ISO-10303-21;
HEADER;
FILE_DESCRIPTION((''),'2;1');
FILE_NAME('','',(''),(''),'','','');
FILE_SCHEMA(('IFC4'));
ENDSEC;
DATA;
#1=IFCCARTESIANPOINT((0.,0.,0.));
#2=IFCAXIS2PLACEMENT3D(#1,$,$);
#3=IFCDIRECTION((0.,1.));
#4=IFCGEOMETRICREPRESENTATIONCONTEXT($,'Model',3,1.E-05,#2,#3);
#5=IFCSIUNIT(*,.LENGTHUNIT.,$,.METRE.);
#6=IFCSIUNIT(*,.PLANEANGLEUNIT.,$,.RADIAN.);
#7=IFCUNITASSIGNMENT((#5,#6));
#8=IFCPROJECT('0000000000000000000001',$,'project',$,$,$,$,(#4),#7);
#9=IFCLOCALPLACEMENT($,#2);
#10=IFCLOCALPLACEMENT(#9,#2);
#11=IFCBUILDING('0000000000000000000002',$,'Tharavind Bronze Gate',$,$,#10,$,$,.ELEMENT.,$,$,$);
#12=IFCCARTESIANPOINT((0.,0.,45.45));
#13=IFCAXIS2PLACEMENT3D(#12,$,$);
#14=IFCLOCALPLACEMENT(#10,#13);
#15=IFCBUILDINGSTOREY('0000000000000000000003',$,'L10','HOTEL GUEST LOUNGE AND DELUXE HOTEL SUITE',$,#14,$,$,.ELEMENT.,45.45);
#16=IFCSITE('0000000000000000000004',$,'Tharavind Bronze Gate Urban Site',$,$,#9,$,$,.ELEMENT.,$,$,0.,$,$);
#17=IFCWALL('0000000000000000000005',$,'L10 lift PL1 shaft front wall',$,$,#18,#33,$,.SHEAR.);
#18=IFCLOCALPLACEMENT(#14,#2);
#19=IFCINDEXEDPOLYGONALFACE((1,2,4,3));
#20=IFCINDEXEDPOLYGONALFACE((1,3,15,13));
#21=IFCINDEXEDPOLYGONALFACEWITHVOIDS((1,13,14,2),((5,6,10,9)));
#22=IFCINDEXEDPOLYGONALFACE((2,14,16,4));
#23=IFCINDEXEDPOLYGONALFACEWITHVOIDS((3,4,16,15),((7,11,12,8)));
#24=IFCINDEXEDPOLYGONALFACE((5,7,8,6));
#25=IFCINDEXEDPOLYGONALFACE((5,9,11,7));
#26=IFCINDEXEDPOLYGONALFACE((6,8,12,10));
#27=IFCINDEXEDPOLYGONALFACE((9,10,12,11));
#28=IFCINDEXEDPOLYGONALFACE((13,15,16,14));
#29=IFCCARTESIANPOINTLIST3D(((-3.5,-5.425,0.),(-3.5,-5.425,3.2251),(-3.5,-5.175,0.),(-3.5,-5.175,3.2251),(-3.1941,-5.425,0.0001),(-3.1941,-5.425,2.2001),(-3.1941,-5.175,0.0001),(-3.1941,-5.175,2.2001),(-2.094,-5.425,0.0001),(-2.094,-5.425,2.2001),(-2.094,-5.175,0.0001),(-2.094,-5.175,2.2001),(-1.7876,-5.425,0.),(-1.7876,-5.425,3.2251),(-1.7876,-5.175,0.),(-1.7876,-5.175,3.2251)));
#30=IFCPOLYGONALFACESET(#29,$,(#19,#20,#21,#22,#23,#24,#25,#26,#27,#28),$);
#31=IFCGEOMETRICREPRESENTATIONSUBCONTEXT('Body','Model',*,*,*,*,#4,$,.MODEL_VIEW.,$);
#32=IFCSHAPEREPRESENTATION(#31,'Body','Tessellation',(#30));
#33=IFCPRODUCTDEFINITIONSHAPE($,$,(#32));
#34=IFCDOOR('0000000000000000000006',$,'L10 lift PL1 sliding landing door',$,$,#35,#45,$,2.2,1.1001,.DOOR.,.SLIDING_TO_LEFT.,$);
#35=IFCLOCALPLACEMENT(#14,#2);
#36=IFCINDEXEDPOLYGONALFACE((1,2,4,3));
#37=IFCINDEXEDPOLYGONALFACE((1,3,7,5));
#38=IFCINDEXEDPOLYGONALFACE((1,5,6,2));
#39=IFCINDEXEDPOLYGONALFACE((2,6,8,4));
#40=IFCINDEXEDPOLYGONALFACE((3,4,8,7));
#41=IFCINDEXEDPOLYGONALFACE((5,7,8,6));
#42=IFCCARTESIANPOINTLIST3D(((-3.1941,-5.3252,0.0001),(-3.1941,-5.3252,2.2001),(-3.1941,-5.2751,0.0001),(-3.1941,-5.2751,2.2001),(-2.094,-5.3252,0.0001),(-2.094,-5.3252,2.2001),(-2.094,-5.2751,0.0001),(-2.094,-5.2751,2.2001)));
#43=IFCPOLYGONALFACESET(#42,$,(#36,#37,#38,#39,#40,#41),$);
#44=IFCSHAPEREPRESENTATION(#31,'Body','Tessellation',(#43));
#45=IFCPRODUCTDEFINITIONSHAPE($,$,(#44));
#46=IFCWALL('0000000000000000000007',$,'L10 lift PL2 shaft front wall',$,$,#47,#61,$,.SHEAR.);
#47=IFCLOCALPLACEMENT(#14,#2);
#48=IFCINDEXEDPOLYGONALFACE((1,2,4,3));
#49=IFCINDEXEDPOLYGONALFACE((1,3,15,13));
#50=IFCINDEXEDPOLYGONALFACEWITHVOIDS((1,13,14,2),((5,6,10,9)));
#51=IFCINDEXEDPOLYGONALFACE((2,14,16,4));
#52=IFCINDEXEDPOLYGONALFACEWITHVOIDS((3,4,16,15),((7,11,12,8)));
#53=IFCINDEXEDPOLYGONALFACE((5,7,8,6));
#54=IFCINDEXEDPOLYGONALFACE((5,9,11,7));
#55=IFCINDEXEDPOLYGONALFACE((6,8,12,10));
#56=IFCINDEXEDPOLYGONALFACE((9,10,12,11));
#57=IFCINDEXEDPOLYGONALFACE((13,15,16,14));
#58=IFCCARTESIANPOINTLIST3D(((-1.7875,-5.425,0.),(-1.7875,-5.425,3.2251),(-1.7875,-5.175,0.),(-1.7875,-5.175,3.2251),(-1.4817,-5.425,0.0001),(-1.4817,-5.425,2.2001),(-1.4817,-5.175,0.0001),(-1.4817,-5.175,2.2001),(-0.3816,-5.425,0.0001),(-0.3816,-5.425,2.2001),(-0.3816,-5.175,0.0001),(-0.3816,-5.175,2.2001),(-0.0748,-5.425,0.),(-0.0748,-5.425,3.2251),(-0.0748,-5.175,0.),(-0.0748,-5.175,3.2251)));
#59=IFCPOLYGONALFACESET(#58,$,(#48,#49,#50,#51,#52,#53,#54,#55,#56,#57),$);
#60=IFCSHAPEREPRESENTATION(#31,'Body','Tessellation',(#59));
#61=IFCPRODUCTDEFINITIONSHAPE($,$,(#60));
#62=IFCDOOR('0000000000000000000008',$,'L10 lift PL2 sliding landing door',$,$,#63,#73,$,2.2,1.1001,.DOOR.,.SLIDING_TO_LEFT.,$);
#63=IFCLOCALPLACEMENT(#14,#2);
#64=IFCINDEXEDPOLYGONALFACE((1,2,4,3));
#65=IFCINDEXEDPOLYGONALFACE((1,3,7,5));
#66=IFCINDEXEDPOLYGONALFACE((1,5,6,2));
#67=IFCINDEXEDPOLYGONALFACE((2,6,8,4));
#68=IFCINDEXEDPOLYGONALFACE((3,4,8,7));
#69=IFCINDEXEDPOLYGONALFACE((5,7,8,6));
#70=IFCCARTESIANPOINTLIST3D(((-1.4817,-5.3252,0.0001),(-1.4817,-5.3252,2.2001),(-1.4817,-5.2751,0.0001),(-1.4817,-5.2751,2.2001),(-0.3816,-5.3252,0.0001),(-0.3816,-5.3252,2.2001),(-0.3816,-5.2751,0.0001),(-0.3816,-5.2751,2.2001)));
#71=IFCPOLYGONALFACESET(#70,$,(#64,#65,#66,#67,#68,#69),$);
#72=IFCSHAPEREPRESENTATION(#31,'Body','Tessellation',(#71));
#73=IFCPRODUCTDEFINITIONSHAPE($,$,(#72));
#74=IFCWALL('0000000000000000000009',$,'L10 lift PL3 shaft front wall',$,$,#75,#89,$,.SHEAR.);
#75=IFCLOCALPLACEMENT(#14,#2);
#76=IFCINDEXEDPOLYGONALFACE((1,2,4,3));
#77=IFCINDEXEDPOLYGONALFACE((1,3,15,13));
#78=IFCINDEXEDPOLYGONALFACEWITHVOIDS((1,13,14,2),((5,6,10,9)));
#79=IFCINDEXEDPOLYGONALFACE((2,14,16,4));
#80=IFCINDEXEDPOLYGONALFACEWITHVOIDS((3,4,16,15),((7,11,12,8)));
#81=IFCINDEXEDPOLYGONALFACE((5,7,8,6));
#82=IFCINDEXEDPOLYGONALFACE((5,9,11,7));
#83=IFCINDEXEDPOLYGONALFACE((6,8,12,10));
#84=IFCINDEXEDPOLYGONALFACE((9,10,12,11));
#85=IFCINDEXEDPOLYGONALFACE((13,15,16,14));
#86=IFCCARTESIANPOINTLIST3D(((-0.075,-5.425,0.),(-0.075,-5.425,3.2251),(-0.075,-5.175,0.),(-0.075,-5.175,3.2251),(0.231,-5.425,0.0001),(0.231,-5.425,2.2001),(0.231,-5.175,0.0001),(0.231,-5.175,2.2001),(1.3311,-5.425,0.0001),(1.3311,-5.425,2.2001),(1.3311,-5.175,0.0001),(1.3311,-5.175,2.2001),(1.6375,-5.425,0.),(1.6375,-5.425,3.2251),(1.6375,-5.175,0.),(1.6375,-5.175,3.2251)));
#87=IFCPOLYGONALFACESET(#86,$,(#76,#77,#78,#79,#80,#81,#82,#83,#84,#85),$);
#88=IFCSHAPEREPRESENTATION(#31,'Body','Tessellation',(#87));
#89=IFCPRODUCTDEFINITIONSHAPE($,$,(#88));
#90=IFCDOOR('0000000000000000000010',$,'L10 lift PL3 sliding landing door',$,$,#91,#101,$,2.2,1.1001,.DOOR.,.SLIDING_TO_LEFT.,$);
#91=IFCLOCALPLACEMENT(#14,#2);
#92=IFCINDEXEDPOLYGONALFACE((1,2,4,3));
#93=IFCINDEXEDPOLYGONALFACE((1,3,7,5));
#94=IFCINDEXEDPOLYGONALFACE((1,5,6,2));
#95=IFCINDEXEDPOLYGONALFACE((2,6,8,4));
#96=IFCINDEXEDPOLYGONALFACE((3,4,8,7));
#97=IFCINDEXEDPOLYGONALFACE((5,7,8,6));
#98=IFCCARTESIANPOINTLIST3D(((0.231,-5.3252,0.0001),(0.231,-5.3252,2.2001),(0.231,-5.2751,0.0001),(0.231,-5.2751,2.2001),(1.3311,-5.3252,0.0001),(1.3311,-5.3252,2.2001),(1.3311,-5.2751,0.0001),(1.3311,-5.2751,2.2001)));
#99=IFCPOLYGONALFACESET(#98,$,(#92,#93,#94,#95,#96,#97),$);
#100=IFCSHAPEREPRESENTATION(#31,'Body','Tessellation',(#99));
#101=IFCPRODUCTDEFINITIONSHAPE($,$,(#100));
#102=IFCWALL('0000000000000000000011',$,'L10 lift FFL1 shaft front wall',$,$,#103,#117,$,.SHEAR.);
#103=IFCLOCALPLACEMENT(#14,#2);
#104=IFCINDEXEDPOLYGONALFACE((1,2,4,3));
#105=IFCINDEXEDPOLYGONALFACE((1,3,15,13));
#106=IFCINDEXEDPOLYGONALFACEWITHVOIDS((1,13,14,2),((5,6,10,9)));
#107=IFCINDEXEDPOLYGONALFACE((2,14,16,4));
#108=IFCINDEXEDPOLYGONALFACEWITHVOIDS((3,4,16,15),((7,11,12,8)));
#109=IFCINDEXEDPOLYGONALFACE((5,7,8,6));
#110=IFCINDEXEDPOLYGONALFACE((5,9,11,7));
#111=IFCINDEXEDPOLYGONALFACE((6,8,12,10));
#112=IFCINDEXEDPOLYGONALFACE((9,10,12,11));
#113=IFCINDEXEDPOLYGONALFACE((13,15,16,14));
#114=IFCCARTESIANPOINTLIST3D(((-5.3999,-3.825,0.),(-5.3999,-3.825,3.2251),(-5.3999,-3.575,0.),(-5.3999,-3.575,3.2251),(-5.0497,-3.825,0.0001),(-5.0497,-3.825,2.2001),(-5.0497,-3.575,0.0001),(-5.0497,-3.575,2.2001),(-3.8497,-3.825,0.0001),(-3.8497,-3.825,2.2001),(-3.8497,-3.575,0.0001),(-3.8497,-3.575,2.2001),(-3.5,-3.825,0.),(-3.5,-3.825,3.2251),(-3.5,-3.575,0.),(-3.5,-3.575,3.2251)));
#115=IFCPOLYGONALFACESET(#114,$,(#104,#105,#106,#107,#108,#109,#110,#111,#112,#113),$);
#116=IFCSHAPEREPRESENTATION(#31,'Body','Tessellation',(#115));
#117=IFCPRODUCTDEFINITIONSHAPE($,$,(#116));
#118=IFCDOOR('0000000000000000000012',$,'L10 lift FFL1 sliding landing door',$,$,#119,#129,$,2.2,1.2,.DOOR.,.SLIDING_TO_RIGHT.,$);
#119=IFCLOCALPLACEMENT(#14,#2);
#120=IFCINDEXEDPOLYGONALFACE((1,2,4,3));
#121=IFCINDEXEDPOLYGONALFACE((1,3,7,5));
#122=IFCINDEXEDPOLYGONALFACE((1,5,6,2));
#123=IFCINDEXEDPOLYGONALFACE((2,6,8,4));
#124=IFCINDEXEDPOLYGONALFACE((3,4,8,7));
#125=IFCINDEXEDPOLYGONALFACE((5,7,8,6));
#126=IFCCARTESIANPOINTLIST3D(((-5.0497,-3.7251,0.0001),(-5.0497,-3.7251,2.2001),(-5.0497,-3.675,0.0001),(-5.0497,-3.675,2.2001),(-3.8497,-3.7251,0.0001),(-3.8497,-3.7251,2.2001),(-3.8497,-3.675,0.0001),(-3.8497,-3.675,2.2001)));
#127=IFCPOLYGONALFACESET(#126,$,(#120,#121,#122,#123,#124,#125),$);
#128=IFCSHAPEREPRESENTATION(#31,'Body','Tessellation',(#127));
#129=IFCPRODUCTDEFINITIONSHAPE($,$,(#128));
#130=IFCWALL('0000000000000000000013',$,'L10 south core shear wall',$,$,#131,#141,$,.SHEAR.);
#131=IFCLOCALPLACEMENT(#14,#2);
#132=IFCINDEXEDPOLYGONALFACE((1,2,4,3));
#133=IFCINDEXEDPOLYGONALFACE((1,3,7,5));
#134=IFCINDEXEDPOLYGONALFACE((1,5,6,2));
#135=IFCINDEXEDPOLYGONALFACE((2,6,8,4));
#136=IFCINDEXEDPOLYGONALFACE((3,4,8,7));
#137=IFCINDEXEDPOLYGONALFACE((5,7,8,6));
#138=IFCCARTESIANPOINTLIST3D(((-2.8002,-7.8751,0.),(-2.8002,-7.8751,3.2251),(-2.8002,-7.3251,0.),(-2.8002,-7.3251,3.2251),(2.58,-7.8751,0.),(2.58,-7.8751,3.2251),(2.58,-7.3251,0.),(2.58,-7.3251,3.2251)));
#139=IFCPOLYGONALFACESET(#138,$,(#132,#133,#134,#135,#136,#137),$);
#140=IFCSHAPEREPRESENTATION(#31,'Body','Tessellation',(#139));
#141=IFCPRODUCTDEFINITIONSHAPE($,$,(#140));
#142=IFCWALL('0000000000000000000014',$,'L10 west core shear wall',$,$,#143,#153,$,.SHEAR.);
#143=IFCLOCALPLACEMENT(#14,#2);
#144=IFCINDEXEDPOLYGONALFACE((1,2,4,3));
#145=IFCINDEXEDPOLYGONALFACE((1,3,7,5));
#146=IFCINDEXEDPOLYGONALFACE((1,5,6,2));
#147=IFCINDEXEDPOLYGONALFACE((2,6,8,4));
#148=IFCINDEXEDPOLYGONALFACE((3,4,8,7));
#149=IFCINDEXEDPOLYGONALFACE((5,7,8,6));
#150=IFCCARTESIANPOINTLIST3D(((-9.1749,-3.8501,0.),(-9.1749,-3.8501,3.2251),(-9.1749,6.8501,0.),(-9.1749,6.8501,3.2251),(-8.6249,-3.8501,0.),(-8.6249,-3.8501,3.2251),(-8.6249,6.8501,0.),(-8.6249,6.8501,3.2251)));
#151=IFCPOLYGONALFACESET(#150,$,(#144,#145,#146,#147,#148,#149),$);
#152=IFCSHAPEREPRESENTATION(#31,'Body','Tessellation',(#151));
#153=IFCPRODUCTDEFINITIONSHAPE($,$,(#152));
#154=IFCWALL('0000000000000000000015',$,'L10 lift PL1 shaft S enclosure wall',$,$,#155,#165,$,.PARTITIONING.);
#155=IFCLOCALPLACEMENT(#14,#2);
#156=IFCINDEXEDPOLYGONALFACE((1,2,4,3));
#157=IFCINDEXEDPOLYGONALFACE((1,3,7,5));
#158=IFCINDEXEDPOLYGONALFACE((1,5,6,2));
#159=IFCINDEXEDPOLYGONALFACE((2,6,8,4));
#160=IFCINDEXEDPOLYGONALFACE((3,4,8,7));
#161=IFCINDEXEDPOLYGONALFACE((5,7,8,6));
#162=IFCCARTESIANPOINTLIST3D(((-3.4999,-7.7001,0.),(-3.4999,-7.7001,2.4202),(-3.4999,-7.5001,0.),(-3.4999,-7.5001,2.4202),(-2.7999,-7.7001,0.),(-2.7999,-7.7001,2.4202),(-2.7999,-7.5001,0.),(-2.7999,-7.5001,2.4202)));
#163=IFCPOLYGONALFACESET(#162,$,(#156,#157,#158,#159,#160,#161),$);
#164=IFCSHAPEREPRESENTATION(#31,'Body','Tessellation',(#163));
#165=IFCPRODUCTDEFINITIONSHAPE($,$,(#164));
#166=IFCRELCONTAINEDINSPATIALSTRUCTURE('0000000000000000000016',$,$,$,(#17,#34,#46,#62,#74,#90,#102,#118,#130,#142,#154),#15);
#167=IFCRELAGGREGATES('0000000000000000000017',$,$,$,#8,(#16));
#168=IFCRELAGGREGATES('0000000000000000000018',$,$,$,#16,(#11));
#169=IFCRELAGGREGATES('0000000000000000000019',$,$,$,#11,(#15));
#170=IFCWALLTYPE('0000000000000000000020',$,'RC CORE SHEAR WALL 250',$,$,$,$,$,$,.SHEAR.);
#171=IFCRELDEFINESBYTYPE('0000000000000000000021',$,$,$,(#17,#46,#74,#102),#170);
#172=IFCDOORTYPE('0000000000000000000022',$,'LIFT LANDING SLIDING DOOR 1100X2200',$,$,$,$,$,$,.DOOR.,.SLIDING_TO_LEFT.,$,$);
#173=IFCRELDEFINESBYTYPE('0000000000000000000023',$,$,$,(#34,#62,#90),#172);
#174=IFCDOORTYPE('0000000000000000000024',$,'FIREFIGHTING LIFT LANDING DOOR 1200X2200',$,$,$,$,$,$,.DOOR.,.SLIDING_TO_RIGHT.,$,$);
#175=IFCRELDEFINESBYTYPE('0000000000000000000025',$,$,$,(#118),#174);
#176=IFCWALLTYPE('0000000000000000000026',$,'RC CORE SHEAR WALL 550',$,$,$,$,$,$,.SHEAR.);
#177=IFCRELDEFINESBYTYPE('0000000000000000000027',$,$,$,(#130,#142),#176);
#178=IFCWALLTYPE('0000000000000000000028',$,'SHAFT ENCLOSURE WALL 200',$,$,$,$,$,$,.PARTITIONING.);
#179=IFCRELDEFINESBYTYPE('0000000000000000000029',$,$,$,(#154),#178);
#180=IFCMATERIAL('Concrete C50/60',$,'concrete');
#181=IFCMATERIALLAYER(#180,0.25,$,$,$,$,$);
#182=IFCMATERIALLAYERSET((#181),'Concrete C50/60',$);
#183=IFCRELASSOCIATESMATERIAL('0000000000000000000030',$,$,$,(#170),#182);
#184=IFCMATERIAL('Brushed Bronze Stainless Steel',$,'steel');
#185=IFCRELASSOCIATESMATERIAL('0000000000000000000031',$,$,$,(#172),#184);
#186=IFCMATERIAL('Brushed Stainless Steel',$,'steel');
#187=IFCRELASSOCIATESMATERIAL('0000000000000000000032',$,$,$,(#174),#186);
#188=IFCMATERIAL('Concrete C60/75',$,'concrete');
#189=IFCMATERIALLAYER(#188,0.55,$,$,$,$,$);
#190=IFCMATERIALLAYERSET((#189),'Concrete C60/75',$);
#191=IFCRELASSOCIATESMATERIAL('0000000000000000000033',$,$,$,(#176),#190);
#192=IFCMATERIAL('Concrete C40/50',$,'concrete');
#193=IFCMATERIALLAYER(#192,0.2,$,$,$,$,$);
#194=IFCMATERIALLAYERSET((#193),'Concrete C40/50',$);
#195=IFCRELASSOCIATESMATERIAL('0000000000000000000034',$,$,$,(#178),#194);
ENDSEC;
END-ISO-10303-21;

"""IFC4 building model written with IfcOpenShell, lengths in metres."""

from ifc_helpers import new_model, si_unit, direction, frame, frame_2d, origin, place, context, subcontext, project, spatial, rectangle, extrude, material, layer, layer_set, type_object, element, fill, save


model = new_model("IFC4")

# Units and contexts
model_context = context("Model", 3, precision=1e-05, world=origin(), true_north=direction((0.0, 1.0)))
body_context = subcontext(model_context, "Body", "Model", "MODEL_VIEW")
ifc_project = project(units=[si_unit("LENGTHUNIT", "METRE"), si_unit("PLANEANGLEUNIT", "RADIAN")], contexts=[model_context])

# Site, building, storey
site_placement = place(None, origin())
site = spatial("IfcSite", under=ifc_project, at=site_placement, Name="Tharavind Bronze Gate Urban Site", CompositionType="ELEMENT", RefElevation=0.0)
building_placement = place(site_placement, origin())
building = spatial("IfcBuilding", under=site, at=building_placement, Name="Tharavind Bronze Gate", CompositionType="ELEMENT")
storey_placement = place(building_placement, frame((0.0, 0.0, 45.45)))
storey = spatial("IfcBuildingStorey", under=building, at=storey_placement, Name="L10", Description="HOTEL GUEST LOUNGE AND DELUXE HOTEL SUITE", CompositionType="ELEMENT", Elevation=45.45)

# Shared definitions
ifc_material_1 = material(Name="Concrete C50/60", Category="concrete")
ifc_layer_1 = layer(ifc_material_1, 0.25)
ifc_layer_set_1 = layer_set([ifc_layer_1], Name="Concrete C50/60")
wall_type_1 = type_object("IfcWallType", Name="RC CORE SHEAR WALL 250", PredefinedType="SHEAR", material=ifc_layer_set_1)

# Walls, openings, doors
wall_1_placement = place(storey_placement, frame((-3.5, -5.3, 0.0), z_axis=(0.0, 0.0, 1.0), x_axis=(1.0, 0.0, 0.0)))
wall_1 = element("IfcWall", 1, at=wall_1_placement, inside=storey, type_object=wall_type_1, Name="L10 lift PL1 shaft front wall", PredefinedType="SHEAR", context=body_context, shape_type="SweptSolid", body=[
    extrude(rectangle(XDim=1.7124, YDim=0.25, at=frame_2d((0.8562, 0.0))), origin(), (0.0, 0.0, 1.0), 3.2251),
])
opening_1_placement = place(wall_1_placement, frame((0.3059, 0.0, 0.0)))
opening_1 = element("IfcOpeningElement", 2, at=opening_1_placement, cuts=wall_1, PredefinedType="OPENING", context=body_context, shape_type="SweptSolid", body=[
    extrude(rectangle(XDim=1.1001, YDim=2.2, at=frame_2d((0.55, 1.1001))), frame((0.0, 0.135, 0.0), z_axis=(0.0, -1.0, 0.0), x_axis=(1.0, 0.0, 0.0)), (0.0, 0.0, 1.0), 0.27),
])
ifc_material_2 = material(Name="Brushed Bronze Stainless Steel", Category="steel")
door_type_1 = type_object("IfcDoorType", Name="LIFT LANDING SLIDING DOOR 1100X2200", OperationType="SLIDING_TO_LEFT", PredefinedType="DOOR", material=ifc_material_2)
door_1_placement = place(opening_1_placement, origin())
door_1 = element("IfcDoor", 3, at=door_1_placement, inside=storey, type_object=door_type_1, Name="L10 lift PL1 sliding landing door", OperationType="SLIDING_TO_LEFT", OverallHeight=2.2, OverallWidth=1.1001, PredefinedType="DOOR", context=body_context, shape_type="SweptSolid", body=[
    extrude(rectangle(XDim=1.1001, YDim=2.2, at=frame_2d((0.55, 1.1001))), frame((0.0, 0.0249, 0.0), z_axis=(0.0, -1.0, 0.0), x_axis=(1.0, 0.0, 0.0)), (0.0, 0.0, 1.0), 0.05),
])
fill(opening_1, door_1)
wall_2_placement = place(storey_placement, frame((-1.7876, -5.3, 0.0), z_axis=(0.0, 0.0, 1.0), x_axis=(1.0, 0.0, 0.0)))
wall_2 = element("IfcWall", 4, at=wall_2_placement, inside=storey, type_object=wall_type_1, Name="L10 lift PL2 shaft front wall", PredefinedType="SHEAR", context=body_context, shape_type="SweptSolid", body=[
    extrude(rectangle(XDim=1.7126, YDim=0.25, at=frame_2d((0.8564, 0.0))), origin(), (0.0, 0.0, 1.0), 3.2251),
])
opening_2_placement = place(wall_2_placement, frame((0.3059, 0.0, 0.0)))
opening_2 = element("IfcOpeningElement", 5, at=opening_2_placement, cuts=wall_2, PredefinedType="OPENING", context=body_context, shape_type="SweptSolid", body=[
    extrude(rectangle(XDim=1.1001, YDim=2.2, at=frame_2d((0.55, 1.1001))), frame((0.0, 0.135, 0.0), z_axis=(0.0, -1.0, 0.0), x_axis=(1.0, 0.0, 0.0)), (0.0, 0.0, 1.0), 0.27),
])
door_2_placement = place(opening_2_placement, origin())
door_2 = element("IfcDoor", 6, at=door_2_placement, inside=storey, type_object=door_type_1, Name="L10 lift PL2 sliding landing door", OperationType="SLIDING_TO_LEFT", OverallHeight=2.2, OverallWidth=1.1001, PredefinedType="DOOR", context=body_context, shape_type="SweptSolid", body=[
    extrude(rectangle(XDim=1.1001, YDim=2.2, at=frame_2d((0.55, 1.1001))), frame((0.0, 0.0249, 0.0), z_axis=(0.0, -1.0, 0.0), x_axis=(1.0, 0.0, 0.0)), (0.0, 0.0, 1.0), 0.05),
])
fill(opening_2, door_2)
wall_3_placement = place(storey_placement, frame((-0.075, -5.3, 0.0), z_axis=(0.0, 0.0, 1.0), x_axis=(1.0, 0.0, 0.0)))
wall_3 = element("IfcWall", 7, at=wall_3_placement, inside=storey, type_object=wall_type_1, Name="L10 lift PL3 shaft front wall", PredefinedType="SHEAR", context=body_context, shape_type="SweptSolid", body=[
    extrude(rectangle(XDim=1.7124, YDim=0.25, at=frame_2d((0.8562, 0.0))), origin(), (0.0, 0.0, 1.0), 3.2251),
])
opening_3_placement = place(wall_3_placement, frame((0.3059, 0.0, 0.0)))
opening_3 = element("IfcOpeningElement", 8, at=opening_3_placement, cuts=wall_3, PredefinedType="OPENING", context=body_context, shape_type="SweptSolid", body=[
    extrude(rectangle(XDim=1.1001, YDim=2.2, at=frame_2d((0.55, 1.1001))), frame((0.0, 0.135, 0.0), z_axis=(0.0, -1.0, 0.0), x_axis=(1.0, 0.0, 0.0)), (0.0, 0.0, 1.0), 0.27),
])
door_3_placement = place(opening_3_placement, origin())
door_3 = element("IfcDoor", 9, at=door_3_placement, inside=storey, type_object=door_type_1, Name="L10 lift PL3 sliding landing door", OperationType="SLIDING_TO_LEFT", OverallHeight=2.2, OverallWidth=1.1001, PredefinedType="DOOR", context=body_context, shape_type="SweptSolid", body=[
    extrude(rectangle(XDim=1.1001, YDim=2.2, at=frame_2d((0.55, 1.1001))), frame((0.0, 0.0249, 0.0), z_axis=(0.0, -1.0, 0.0), x_axis=(1.0, 0.0, 0.0)), (0.0, 0.0, 1.0), 0.05),
])
fill(opening_3, door_3)
wall_4_placement = place(storey_placement, frame((-5.3999, -3.7, 0.0), z_axis=(0.0, 0.0, 1.0), x_axis=(1.0, 0.0, 0.0)))
wall_4 = element("IfcWall", 10, at=wall_4_placement, inside=storey, type_object=wall_type_1, Name="L10 lift FFL1 shaft front wall", PredefinedType="SHEAR", context=body_context, shape_type="SweptSolid", body=[
    extrude(rectangle(XDim=1.8999, YDim=0.25, at=frame_2d((0.95, 0.0))), origin(), (0.0, 0.0, 1.0), 3.2251),
])
opening_4_placement = place(wall_4_placement, frame((0.3501, 0.0, 0.0)))
opening_4 = element("IfcOpeningElement", 11, at=opening_4_placement, cuts=wall_4, PredefinedType="OPENING", context=body_context, shape_type="SweptSolid", body=[
    extrude(rectangle(XDim=1.2, YDim=2.2, at=frame_2d((0.6001, 1.1001))), frame((0.0, 0.135, 0.0), z_axis=(0.0, -1.0, 0.0), x_axis=(1.0, 0.0, 0.0)), (0.0, 0.0, 1.0), 0.27),
])
ifc_material_3 = material(Name="Brushed Stainless Steel", Category="steel")
door_type_2 = type_object("IfcDoorType", Name="FIREFIGHTING LIFT LANDING DOOR 1200X2200", OperationType="SLIDING_TO_RIGHT", PredefinedType="DOOR", material=ifc_material_3)
door_4_placement = place(opening_4_placement, origin())
door_4 = element("IfcDoor", 12, at=door_4_placement, inside=storey, type_object=door_type_2, Name="L10 lift FFL1 sliding landing door", OperationType="SLIDING_TO_RIGHT", OverallHeight=2.2, OverallWidth=1.2, PredefinedType="DOOR", context=body_context, shape_type="SweptSolid", body=[
    extrude(rectangle(XDim=1.2, YDim=2.2, at=frame_2d((0.6001, 1.1001))), frame((0.0, 0.0249, 0.0), z_axis=(0.0, -1.0, 0.0), x_axis=(1.0, 0.0, 0.0)), (0.0, 0.0, 1.0), 0.05),
])
fill(opening_4, door_4)

# Walls
ifc_material_4 = material(Name="Concrete C60/75", Category="concrete")
ifc_layer_2 = layer(ifc_material_4, 0.55)
ifc_layer_set_2 = layer_set([ifc_layer_2], Name="Concrete C60/75")
wall_type_2 = type_object("IfcWallType", Name="RC CORE SHEAR WALL 550", PredefinedType="SHEAR", material=ifc_layer_set_2)
wall_5_placement = place(storey_placement, frame((-2.8, -7.6001, 0.0), z_axis=(0.0, 0.0, 1.0), x_axis=(1.0, 0.0, 0.0)))
element("IfcWall", 13, at=wall_5_placement, inside=storey, type_object=wall_type_2, Name="L10 south core shear wall", PredefinedType="SHEAR", context=body_context, shape_type="SweptSolid", body=[
    extrude(rectangle(XDim=5.3801, YDim=0.55, at=frame_2d((2.6899, 0.0))), origin(), (0.0, 0.0, 1.0), 3.2251),
])
wall_6_placement = place(storey_placement, frame((-8.8999, -3.8501, 0.0), z_axis=(0.0, 0.0, 1.0), x_axis=(0.0, 1.0, 0.0)))
element("IfcWall", 14, at=wall_6_placement, inside=storey, type_object=wall_type_2, Name="L10 west core shear wall", PredefinedType="SHEAR", context=body_context, shape_type="SweptSolid", body=[
    extrude(rectangle(XDim=10.7002, YDim=0.55, at=frame_2d((5.3501, 0.0))), origin(), (0.0, 0.0, 1.0), 3.2251),
])
ifc_material_5 = material(Name="Concrete C40/50", Category="concrete")
ifc_layer_3 = layer(ifc_material_5, 0.2)
ifc_layer_set_3 = layer_set([ifc_layer_3], Name="Concrete C40/50")
wall_type_3 = type_object("IfcWallType", Name="SHAFT ENCLOSURE WALL 200", PredefinedType="PARTITIONING", material=ifc_layer_set_3)
wall_7_placement = place(storey_placement, frame((-3.5, -7.6001, 0.0), z_axis=(0.0, 0.0, 1.0), x_axis=(1.0, 0.0, 0.0)))
element("IfcWall", 15, at=wall_7_placement, inside=storey, type_object=wall_type_3, Name="L10 lift PL1 shaft S enclosure wall", PredefinedType="PARTITIONING", context=body_context, shape_type="SweptSolid", body=[
    extrude(rectangle(XDim=0.7, YDim=0.2, at=frame_2d((0.3501, 0.0))), origin(), (0.0, 0.0, 1.0), 2.4202),
])

save(model, "model.ifc")
